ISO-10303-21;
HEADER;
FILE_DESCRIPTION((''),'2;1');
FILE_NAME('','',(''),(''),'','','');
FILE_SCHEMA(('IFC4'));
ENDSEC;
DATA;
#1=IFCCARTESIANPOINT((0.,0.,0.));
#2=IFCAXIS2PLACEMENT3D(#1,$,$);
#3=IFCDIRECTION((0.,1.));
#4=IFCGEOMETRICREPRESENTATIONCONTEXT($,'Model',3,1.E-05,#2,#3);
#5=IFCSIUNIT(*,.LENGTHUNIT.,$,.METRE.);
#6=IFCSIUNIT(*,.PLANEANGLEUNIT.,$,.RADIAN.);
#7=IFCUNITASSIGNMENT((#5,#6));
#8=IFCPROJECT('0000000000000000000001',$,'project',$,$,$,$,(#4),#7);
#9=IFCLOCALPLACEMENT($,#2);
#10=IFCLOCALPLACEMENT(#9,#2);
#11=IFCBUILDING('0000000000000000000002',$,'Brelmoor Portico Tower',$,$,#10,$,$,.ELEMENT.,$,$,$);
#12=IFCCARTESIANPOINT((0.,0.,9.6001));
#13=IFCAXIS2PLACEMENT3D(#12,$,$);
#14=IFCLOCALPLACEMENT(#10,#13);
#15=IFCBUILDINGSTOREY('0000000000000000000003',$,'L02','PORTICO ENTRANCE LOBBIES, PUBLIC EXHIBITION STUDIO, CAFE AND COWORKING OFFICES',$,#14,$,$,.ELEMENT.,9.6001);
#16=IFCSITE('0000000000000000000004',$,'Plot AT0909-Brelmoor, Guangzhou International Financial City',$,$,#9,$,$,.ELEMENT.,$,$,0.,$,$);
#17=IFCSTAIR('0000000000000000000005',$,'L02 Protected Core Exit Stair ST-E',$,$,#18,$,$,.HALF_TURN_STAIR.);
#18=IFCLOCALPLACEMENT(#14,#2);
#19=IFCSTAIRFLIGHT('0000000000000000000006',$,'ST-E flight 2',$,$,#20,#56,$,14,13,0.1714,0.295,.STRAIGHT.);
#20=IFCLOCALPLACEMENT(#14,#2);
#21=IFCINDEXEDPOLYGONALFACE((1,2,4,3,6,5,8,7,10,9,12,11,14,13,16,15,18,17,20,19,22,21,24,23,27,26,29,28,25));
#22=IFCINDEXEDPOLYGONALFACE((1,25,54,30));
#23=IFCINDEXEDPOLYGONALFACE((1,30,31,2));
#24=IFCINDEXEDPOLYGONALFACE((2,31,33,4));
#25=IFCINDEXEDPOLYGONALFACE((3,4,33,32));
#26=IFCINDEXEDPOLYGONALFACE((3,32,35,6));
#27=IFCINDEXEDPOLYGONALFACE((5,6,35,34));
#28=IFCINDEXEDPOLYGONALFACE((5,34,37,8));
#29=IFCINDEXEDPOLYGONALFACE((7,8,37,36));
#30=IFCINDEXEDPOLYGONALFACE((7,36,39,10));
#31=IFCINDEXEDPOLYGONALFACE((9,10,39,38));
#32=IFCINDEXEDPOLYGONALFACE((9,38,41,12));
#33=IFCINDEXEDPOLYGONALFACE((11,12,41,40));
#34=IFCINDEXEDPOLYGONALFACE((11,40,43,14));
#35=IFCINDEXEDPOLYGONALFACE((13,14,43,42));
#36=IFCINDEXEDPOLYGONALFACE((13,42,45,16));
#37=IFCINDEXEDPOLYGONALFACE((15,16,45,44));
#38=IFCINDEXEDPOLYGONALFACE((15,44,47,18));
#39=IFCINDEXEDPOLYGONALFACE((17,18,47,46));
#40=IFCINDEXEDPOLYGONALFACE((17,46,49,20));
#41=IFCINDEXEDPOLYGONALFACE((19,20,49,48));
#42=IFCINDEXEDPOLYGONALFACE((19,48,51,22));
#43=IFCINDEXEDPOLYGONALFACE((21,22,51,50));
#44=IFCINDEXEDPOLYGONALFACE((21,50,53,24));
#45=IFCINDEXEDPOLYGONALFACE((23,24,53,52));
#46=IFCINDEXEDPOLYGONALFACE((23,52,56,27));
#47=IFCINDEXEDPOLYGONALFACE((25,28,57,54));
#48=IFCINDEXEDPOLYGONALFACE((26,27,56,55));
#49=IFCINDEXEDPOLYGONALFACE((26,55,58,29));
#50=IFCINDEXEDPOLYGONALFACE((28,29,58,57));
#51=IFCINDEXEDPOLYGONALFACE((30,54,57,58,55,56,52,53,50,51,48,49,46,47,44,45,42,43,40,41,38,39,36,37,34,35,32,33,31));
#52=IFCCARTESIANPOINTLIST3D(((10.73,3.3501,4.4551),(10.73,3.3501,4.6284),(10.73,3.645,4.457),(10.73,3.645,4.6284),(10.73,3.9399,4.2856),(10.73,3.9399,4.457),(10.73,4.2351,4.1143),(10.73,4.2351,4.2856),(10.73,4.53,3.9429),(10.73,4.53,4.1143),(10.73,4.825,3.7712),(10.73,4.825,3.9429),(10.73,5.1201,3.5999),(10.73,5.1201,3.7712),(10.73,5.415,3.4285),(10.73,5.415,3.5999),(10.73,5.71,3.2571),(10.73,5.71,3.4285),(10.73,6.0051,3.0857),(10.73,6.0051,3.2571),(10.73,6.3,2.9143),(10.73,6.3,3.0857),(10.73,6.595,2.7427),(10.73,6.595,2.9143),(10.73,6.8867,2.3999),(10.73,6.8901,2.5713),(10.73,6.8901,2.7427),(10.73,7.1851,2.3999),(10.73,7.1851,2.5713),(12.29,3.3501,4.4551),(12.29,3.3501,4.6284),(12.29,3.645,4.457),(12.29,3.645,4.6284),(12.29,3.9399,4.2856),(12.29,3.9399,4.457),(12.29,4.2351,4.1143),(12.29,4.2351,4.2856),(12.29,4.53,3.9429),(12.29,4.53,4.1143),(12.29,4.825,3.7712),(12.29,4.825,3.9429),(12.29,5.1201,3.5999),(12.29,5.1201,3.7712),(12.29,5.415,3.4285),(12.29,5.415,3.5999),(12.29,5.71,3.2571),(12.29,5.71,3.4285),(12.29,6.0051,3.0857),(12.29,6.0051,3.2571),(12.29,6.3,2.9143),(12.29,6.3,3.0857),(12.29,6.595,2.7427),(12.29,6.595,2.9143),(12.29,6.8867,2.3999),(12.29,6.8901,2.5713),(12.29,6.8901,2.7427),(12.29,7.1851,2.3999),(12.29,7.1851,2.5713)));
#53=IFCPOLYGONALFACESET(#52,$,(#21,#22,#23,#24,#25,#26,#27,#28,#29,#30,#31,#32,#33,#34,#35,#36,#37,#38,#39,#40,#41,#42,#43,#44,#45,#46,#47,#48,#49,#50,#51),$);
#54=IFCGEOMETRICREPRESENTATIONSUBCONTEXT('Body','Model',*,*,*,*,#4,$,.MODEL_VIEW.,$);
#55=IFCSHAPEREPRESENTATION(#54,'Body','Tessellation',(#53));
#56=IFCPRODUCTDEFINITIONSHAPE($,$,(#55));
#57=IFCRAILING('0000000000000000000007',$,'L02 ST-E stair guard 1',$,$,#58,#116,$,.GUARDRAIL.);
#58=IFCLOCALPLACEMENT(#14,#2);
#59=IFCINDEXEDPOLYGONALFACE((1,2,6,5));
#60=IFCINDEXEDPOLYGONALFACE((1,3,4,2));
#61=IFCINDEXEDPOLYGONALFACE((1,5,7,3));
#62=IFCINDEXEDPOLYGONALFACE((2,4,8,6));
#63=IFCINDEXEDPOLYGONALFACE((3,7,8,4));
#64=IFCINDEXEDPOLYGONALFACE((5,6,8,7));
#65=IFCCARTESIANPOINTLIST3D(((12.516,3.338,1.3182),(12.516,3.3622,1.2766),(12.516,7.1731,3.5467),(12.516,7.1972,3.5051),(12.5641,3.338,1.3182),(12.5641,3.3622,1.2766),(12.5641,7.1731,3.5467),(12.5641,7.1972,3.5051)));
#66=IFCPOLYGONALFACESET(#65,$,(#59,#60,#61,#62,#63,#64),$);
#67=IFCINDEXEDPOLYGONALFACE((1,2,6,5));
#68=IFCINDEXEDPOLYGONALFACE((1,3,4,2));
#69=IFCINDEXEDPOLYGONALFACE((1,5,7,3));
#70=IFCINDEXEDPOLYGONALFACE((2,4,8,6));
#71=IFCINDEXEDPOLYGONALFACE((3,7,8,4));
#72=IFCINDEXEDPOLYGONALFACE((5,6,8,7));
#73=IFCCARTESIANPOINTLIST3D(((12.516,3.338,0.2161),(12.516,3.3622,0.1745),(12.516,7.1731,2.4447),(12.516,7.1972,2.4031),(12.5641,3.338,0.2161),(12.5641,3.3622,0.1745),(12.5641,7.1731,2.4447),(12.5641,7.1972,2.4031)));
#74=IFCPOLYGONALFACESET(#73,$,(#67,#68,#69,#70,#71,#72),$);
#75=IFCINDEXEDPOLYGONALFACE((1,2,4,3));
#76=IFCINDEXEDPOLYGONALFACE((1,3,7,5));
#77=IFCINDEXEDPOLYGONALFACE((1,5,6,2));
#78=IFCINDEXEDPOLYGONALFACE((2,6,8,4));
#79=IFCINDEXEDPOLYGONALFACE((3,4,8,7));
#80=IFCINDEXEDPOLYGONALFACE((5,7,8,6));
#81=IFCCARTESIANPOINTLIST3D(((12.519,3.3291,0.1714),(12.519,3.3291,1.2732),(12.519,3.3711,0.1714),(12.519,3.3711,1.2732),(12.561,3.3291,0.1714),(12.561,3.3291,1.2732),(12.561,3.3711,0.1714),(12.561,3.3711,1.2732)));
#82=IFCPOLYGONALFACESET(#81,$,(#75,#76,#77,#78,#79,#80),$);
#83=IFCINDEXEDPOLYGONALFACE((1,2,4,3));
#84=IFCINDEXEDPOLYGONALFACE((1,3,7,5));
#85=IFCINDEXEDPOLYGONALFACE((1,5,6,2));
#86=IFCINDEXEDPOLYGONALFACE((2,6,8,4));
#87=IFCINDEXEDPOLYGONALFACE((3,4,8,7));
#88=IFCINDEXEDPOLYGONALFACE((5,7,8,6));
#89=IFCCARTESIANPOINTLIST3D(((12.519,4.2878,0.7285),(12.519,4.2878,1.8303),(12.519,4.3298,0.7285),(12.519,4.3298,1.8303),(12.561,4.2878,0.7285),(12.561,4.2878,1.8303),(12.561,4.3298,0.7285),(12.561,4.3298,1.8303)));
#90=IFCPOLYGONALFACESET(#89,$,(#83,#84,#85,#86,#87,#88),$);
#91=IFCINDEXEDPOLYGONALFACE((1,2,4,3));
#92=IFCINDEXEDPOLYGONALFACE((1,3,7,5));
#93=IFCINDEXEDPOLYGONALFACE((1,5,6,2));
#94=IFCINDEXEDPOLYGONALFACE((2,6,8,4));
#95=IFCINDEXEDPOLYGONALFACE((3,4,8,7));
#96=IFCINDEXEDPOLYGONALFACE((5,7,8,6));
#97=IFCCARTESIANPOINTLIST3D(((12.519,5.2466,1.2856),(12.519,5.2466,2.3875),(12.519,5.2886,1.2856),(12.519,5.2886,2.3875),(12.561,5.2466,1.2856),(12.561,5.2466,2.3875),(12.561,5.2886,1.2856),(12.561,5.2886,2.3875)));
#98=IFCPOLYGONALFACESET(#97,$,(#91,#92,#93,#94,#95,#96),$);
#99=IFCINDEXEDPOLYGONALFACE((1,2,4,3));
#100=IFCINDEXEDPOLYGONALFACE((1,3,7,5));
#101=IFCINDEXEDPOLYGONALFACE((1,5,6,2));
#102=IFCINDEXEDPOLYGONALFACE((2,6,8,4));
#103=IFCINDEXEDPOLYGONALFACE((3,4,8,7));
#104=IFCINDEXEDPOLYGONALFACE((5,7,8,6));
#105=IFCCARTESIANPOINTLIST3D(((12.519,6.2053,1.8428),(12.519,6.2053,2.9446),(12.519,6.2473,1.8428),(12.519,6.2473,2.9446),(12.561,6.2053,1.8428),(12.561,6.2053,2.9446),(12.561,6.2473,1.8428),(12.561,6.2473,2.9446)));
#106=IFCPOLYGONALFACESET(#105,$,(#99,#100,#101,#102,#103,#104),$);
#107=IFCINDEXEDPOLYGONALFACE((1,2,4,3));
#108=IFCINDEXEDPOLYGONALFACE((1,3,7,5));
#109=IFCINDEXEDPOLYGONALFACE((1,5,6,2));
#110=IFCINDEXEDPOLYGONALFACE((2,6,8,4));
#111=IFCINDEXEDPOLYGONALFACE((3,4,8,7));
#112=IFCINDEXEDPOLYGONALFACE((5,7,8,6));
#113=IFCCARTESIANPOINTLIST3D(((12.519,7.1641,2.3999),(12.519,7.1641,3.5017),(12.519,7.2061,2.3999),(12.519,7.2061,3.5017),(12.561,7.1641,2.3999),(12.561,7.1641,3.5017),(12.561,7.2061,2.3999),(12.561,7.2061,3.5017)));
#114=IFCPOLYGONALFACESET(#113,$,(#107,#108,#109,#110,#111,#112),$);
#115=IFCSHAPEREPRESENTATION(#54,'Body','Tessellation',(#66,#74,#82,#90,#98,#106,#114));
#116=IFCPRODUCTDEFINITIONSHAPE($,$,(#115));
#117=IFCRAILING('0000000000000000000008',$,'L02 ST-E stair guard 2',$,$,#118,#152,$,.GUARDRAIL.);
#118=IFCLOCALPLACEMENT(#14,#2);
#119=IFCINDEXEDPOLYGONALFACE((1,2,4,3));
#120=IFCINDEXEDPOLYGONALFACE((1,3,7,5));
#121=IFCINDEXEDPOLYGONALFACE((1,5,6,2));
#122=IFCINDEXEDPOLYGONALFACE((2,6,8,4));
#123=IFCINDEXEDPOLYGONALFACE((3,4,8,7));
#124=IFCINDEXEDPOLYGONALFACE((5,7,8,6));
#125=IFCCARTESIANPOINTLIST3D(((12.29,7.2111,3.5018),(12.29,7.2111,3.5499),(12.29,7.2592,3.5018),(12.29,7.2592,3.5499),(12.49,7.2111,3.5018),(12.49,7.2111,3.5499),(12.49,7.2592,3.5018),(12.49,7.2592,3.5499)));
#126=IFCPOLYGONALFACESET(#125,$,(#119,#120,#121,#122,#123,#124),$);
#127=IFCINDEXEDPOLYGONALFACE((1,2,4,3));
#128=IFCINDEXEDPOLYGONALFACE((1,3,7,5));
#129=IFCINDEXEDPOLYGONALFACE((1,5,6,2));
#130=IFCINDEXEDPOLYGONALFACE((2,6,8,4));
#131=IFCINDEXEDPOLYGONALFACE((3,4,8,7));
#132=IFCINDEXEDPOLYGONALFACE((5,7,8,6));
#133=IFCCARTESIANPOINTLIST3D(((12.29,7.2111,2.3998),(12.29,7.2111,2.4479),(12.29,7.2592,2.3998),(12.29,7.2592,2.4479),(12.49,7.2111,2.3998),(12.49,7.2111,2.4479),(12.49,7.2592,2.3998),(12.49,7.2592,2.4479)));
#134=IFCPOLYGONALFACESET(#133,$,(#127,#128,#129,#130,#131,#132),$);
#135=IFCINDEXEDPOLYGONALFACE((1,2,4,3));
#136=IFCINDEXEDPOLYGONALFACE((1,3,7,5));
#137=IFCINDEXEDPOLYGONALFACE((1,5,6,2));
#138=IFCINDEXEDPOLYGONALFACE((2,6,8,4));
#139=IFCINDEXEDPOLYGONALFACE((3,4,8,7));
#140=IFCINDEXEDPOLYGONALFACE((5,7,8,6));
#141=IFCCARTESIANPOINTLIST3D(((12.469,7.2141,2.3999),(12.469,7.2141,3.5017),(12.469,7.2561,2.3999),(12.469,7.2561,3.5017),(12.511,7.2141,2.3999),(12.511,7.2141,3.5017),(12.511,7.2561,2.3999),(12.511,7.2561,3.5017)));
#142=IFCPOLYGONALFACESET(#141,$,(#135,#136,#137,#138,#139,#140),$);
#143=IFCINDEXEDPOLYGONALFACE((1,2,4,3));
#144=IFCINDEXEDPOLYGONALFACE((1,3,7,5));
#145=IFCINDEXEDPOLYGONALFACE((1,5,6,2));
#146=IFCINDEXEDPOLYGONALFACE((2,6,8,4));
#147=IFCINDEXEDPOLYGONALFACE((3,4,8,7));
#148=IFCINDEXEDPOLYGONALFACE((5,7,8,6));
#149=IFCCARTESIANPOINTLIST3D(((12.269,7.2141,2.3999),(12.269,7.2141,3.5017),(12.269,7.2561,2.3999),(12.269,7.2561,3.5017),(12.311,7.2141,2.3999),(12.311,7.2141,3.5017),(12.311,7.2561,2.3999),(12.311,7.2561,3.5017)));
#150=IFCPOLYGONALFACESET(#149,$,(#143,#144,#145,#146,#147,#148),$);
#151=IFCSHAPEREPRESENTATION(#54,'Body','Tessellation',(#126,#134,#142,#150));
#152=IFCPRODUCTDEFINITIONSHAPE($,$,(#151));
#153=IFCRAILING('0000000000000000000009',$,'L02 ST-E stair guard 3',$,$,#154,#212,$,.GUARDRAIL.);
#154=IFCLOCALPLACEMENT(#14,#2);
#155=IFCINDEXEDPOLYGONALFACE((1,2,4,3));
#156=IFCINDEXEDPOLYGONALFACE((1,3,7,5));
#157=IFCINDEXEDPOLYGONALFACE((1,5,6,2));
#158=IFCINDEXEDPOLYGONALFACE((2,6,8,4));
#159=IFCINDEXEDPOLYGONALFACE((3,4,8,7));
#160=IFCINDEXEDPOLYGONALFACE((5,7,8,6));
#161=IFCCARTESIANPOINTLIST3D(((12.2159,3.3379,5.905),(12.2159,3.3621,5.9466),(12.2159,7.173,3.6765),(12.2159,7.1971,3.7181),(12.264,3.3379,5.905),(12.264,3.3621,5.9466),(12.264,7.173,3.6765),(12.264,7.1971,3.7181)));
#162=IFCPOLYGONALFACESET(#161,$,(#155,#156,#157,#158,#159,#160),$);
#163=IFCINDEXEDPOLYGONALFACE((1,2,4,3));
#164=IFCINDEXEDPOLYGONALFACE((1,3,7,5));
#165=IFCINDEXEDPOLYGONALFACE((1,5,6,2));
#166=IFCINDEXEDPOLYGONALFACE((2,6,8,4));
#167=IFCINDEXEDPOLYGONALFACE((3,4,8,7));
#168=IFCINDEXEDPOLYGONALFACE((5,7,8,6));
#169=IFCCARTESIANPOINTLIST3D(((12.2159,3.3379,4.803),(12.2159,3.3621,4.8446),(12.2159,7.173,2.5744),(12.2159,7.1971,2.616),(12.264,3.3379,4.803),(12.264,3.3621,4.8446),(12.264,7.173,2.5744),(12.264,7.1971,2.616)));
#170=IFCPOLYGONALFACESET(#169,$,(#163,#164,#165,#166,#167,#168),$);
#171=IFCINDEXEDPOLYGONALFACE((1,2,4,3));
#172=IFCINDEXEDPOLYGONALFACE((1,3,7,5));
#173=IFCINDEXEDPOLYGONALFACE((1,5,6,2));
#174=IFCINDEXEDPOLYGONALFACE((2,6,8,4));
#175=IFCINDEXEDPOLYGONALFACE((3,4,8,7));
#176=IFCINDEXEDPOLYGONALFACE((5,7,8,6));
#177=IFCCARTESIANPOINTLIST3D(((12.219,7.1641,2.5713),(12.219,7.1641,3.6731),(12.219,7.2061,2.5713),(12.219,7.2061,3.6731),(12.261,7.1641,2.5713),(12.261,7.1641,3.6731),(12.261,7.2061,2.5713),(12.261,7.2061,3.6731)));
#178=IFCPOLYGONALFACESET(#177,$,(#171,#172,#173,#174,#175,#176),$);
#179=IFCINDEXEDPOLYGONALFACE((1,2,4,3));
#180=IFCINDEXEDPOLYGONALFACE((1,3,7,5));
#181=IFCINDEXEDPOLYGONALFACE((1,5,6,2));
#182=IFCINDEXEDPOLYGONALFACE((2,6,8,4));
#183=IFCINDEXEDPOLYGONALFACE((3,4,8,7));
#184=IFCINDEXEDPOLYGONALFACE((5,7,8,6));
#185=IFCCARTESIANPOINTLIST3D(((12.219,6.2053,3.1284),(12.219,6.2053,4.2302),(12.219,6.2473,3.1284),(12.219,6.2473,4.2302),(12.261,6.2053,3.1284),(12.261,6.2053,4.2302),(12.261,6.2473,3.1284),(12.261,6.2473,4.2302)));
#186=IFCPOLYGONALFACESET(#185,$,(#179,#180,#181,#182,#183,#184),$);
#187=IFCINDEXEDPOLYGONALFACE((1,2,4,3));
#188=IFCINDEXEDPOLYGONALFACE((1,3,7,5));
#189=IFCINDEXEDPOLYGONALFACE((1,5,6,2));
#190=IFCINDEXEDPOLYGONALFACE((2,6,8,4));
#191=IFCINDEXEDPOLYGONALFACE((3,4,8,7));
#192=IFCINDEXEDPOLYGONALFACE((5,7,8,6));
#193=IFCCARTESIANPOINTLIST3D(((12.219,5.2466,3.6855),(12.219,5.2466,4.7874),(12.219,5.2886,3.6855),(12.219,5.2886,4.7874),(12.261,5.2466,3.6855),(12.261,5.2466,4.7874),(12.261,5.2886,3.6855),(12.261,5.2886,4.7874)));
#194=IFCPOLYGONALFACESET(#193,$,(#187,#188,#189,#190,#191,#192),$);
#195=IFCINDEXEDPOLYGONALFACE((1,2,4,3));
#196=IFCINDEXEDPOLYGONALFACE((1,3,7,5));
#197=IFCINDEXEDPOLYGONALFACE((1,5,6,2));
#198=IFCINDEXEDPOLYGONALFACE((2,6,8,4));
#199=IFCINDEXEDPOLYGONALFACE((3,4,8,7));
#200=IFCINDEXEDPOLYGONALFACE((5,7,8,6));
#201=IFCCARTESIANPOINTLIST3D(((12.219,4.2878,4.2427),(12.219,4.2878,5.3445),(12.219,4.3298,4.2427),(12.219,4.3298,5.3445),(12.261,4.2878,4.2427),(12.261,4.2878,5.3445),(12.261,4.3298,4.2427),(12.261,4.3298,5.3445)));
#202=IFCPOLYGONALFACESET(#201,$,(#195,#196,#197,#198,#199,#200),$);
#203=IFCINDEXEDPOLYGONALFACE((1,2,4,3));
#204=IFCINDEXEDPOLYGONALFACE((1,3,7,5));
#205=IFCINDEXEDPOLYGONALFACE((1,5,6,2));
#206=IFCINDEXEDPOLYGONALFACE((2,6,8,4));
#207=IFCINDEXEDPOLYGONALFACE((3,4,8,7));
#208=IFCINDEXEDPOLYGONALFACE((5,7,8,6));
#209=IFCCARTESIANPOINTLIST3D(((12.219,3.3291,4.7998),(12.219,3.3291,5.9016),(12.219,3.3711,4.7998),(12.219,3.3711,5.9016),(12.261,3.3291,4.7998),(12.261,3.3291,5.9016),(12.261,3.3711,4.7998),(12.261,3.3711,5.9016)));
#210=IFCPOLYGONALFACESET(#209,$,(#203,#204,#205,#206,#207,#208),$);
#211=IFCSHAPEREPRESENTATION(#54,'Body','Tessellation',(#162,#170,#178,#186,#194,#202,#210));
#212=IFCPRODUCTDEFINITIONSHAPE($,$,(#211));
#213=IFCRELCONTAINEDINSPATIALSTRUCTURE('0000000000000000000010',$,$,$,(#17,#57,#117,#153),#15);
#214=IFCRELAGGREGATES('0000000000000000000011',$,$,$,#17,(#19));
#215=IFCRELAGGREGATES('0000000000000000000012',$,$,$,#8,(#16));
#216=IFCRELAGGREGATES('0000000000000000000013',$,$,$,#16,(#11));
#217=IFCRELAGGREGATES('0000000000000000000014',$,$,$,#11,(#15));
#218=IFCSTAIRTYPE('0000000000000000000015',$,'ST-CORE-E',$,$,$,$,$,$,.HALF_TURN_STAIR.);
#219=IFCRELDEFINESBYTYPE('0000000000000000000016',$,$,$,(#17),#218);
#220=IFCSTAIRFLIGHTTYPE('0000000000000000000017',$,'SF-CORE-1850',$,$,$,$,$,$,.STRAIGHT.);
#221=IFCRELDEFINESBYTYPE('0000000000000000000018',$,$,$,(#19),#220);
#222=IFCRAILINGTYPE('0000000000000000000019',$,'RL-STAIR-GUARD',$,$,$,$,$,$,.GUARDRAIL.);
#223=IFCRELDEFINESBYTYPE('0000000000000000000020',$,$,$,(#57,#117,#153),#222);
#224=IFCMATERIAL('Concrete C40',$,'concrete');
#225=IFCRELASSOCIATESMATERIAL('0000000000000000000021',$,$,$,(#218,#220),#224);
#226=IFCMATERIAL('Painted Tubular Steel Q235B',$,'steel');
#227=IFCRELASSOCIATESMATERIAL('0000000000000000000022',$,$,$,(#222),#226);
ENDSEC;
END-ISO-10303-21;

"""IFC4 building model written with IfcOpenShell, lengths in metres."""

from ifc_helpers import new_model, si_unit, direction, frame, origin, origin_2d, place, context, subcontext, project, spatial, polyline, rectangle, outline, extrude, material, type_object, element, aggregate, save


model = new_model("IFC4")

# Units and contexts
model_context = context("Model", 3, precision=1e-05, world=origin(), true_north=direction((0.0, 1.0)))
body_context = subcontext(model_context, "Body", "Model", "MODEL_VIEW")
ifc_project = project(units=[si_unit("LENGTHUNIT", "METRE"), si_unit("PLANEANGLEUNIT", "RADIAN")], contexts=[model_context])

# Site, building, storey
site_placement = place(None, origin())
site = spatial("IfcSite", under=ifc_project, at=site_placement, Name="Plot AT0909-Brelmoor, Guangzhou International Financial City", CompositionType="ELEMENT", RefElevation=0.0)
building_placement = place(site_placement, origin())
building = spatial("IfcBuilding", under=site, at=building_placement, Name="Brelmoor Portico Tower", CompositionType="ELEMENT")
storey_placement = place(building_placement, frame((0.0, 0.0, 9.6001)))
storey = spatial("IfcBuildingStorey", under=building, at=storey_placement, Name="L02", Description="PORTICO ENTRANCE LOBBIES, PUBLIC EXHIBITION STUDIO, CAFE AND COWORKING OFFICES", CompositionType="ELEMENT", Elevation=9.6001)

# Shared definitions
ifc_material_1 = material(Name="Concrete C40", Category="concrete")

# Stair, stair flight
stair_type = type_object("IfcStairType", Name="ST-CORE-E", PredefinedType="HALF_TURN_STAIR", material=ifc_material_1)
stair_placement = place(storey_placement, origin())
stair = element("IfcStair", 1, at=stair_placement, inside=storey, type_object=stair_type, Name="L02 Protected Core Exit Stair ST-E", PredefinedType="HALF_TURN_STAIR")
stair_flight_type = type_object("IfcStairFlightType", Name="SF-CORE-1850", PredefinedType="STRAIGHT", material=ifc_material_1)
stair_flight_1_placement = place(storey_placement, frame((11.51, 7.1851, 2.3999), z_axis=(0.0, 0.0, 1.0), x_axis=(0.0, -1.0, 0.0)))
stair_flight_1 = element("IfcStairFlight", 2, at=stair_flight_1_placement, type_object=stair_flight_type, Name="ST-E flight 2", NumberOfRisers=14, NumberOfTreads=13, PredefinedType="STRAIGHT", RiserHeight=0.1714, TreadLength=0.295, context=body_context, shape_type="SweptSolid", body=[
    extrude(outline(polyline([(0.0, 0.0), (0.0, 0.1714), (0.2949, 0.1714), (0.2949, 0.3428), (0.5901, 0.3428), (0.5901, 0.5144), (0.885, 0.5144), (0.885, 0.6858), (1.1799, 0.6858), (1.1799, 0.8572), (1.4751, 0.8572), (1.4751, 1.0286), (1.77, 1.0286), (1.77, 1.2), (2.0649, 1.2), (2.0649, 1.3713), (2.3601, 1.3713), (2.3601, 1.543), (2.655, 1.543), (2.655, 1.7144), (2.95, 1.7144), (2.95, 1.8857), (3.2451, 1.8857), (3.2451, 2.0571), (3.54, 2.0571), (3.54, 2.2285), (3.835, 2.2285), (3.835, 2.3999), (3.835, 2.0552), (0.2983, 0.0), (0.0, 0.0)])), frame((0.0, 0.78, 0.0), z_axis=(0.0, -1.0, 0.0), x_axis=(1.0, 0.0, 0.0)), (0.0, 0.0, 1.0), 1.5601),
])
aggregate(stair, [stair_flight_1])

# Railings
ifc_material_2 = material(Name="Painted Tubular Steel Q235B", Category="steel")
railing_type_1 = type_object("IfcRailingType", Name="RL-STAIR-GUARD", PredefinedType="GUARDRAIL", material=ifc_material_2)
railing_1_placement = place(storey_placement, frame((12.54, 3.3501, 0.1714)))
element("IfcRailing", 3, at=railing_1_placement, inside=storey, type_object=railing_type_1, Name="L02 ST-E stair guard 1", PredefinedType="GUARDRAIL", context=body_context, shape_type="SweptSolid", body=[
    extrude(rectangle(XDim=0.0481, YDim=0.0481, at=origin_2d()), frame((0.0, 0.0, 1.126), z_axis=(0.0, 0.864616, 0.502433), x_axis=(-1.0, 0.0, 0.0)), (0.0, 0.0, 1.0), 4.4355),
    extrude(rectangle(XDim=0.0481, YDim=0.0481, at=origin_2d()), frame((0.0, 0.0, 0.0239), z_axis=(0.0, 0.864616, 0.502433), x_axis=(-1.0, 0.0, 0.0)), (0.0, 0.0, 1.0), 4.4355),
    extrude(rectangle(XDim=0.042, YDim=0.042, at=origin_2d()), origin(), (0.0, 0.0, 1.0), 1.1018),
    extrude(rectangle(XDim=0.042, YDim=0.042, at=origin_2d()), frame((0.0, 0.9587, 0.5571)), (0.0, 0.0, 1.0), 1.1018),
    extrude(rectangle(XDim=0.042, YDim=0.042, at=origin_2d()), frame((0.0, 1.9175, 1.1143)), (0.0, 0.0, 1.0), 1.1018),
    extrude(rectangle(XDim=0.042, YDim=0.042, at=origin_2d()), frame((0.0, 2.8762, 1.6714)), (0.0, 0.0, 1.0), 1.1018),
    extrude(rectangle(XDim=0.042, YDim=0.042, at=origin_2d()), frame((0.0, 3.835, 2.2285)), (0.0, 0.0, 1.0), 1.1018),
])
railing_2_placement = place(storey_placement, frame((12.49, 7.2351, 2.3999)))
element("IfcRailing", 4, at=railing_2_placement, inside=storey, type_object=railing_type_1, Name="L02 ST-E stair guard 2", PredefinedType="GUARDRAIL", context=body_context, shape_type="SweptSolid", body=[
    extrude(rectangle(XDim=0.0481, YDim=0.0481, at=origin_2d()), frame((0.0, 0.0, 1.126), z_axis=(-1.0, 0.0, 0.0), x_axis=(0.0, -1.0, 0.0)), (0.0, 0.0, 1.0), 0.2),
    extrude(rectangle(XDim=0.0481, YDim=0.0481, at=origin_2d()), frame((0.0, 0.0, 0.0239), z_axis=(-1.0, 0.0, 0.0), x_axis=(0.0, -1.0, 0.0)), (0.0, 0.0, 1.0), 0.2),
    extrude(rectangle(XDim=0.042, YDim=0.042, at=origin_2d()), origin(), (0.0, 0.0, 1.0), 1.1018),
    extrude(rectangle(XDim=0.042, YDim=0.042, at=origin_2d()), frame((-0.2, 0.0, 0.0)), (0.0, 0.0, 1.0), 1.1018),
])
railing_3_placement = place(storey_placement, frame((12.24, 7.1851, 2.5713)))
element("IfcRailing", 5, at=railing_3_placement, inside=storey, type_object=railing_type_1, Name="L02 ST-E stair guard 3", PredefinedType="GUARDRAIL", context=body_context, shape_type="SweptSolid", body=[
    extrude(rectangle(XDim=0.0481, YDim=0.0481, at=origin_2d()), frame((0.0, 0.0, 1.126), z_axis=(0.0, -0.864616, 0.502433), x_axis=(1.0, 0.0, 0.0)), (0.0, 0.0, 1.0), 4.4355),
    extrude(rectangle(XDim=0.0481, YDim=0.0481, at=origin_2d()), frame((0.0, 0.0, 0.0239), z_axis=(0.0, -0.864616, 0.502433), x_axis=(1.0, 0.0, 0.0)), (0.0, 0.0, 1.0), 4.4355),
    extrude(rectangle(XDim=0.042, YDim=0.042, at=origin_2d()), origin(), (0.0, 0.0, 1.0), 1.1018),
    extrude(rectangle(XDim=0.042, YDim=0.042, at=origin_2d()), frame((0.0, -0.9587, 0.5571)), (0.0, 0.0, 1.0), 1.1018),
    extrude(rectangle(XDim=0.042, YDim=0.042, at=origin_2d()), frame((0.0, -1.9175, 1.1143)), (0.0, 0.0, 1.0), 1.1018),
    extrude(rectangle(XDim=0.042, YDim=0.042, at=origin_2d()), frame((0.0, -2.8762, 1.6714)), (0.0, 0.0, 1.0), 1.1018),
    extrude(rectangle(XDim=0.042, YDim=0.042, at=origin_2d()), frame((0.0, -3.835, 2.2285)), (0.0, 0.0, 1.0), 1.1018),
])

save(model, "model.ifc")
